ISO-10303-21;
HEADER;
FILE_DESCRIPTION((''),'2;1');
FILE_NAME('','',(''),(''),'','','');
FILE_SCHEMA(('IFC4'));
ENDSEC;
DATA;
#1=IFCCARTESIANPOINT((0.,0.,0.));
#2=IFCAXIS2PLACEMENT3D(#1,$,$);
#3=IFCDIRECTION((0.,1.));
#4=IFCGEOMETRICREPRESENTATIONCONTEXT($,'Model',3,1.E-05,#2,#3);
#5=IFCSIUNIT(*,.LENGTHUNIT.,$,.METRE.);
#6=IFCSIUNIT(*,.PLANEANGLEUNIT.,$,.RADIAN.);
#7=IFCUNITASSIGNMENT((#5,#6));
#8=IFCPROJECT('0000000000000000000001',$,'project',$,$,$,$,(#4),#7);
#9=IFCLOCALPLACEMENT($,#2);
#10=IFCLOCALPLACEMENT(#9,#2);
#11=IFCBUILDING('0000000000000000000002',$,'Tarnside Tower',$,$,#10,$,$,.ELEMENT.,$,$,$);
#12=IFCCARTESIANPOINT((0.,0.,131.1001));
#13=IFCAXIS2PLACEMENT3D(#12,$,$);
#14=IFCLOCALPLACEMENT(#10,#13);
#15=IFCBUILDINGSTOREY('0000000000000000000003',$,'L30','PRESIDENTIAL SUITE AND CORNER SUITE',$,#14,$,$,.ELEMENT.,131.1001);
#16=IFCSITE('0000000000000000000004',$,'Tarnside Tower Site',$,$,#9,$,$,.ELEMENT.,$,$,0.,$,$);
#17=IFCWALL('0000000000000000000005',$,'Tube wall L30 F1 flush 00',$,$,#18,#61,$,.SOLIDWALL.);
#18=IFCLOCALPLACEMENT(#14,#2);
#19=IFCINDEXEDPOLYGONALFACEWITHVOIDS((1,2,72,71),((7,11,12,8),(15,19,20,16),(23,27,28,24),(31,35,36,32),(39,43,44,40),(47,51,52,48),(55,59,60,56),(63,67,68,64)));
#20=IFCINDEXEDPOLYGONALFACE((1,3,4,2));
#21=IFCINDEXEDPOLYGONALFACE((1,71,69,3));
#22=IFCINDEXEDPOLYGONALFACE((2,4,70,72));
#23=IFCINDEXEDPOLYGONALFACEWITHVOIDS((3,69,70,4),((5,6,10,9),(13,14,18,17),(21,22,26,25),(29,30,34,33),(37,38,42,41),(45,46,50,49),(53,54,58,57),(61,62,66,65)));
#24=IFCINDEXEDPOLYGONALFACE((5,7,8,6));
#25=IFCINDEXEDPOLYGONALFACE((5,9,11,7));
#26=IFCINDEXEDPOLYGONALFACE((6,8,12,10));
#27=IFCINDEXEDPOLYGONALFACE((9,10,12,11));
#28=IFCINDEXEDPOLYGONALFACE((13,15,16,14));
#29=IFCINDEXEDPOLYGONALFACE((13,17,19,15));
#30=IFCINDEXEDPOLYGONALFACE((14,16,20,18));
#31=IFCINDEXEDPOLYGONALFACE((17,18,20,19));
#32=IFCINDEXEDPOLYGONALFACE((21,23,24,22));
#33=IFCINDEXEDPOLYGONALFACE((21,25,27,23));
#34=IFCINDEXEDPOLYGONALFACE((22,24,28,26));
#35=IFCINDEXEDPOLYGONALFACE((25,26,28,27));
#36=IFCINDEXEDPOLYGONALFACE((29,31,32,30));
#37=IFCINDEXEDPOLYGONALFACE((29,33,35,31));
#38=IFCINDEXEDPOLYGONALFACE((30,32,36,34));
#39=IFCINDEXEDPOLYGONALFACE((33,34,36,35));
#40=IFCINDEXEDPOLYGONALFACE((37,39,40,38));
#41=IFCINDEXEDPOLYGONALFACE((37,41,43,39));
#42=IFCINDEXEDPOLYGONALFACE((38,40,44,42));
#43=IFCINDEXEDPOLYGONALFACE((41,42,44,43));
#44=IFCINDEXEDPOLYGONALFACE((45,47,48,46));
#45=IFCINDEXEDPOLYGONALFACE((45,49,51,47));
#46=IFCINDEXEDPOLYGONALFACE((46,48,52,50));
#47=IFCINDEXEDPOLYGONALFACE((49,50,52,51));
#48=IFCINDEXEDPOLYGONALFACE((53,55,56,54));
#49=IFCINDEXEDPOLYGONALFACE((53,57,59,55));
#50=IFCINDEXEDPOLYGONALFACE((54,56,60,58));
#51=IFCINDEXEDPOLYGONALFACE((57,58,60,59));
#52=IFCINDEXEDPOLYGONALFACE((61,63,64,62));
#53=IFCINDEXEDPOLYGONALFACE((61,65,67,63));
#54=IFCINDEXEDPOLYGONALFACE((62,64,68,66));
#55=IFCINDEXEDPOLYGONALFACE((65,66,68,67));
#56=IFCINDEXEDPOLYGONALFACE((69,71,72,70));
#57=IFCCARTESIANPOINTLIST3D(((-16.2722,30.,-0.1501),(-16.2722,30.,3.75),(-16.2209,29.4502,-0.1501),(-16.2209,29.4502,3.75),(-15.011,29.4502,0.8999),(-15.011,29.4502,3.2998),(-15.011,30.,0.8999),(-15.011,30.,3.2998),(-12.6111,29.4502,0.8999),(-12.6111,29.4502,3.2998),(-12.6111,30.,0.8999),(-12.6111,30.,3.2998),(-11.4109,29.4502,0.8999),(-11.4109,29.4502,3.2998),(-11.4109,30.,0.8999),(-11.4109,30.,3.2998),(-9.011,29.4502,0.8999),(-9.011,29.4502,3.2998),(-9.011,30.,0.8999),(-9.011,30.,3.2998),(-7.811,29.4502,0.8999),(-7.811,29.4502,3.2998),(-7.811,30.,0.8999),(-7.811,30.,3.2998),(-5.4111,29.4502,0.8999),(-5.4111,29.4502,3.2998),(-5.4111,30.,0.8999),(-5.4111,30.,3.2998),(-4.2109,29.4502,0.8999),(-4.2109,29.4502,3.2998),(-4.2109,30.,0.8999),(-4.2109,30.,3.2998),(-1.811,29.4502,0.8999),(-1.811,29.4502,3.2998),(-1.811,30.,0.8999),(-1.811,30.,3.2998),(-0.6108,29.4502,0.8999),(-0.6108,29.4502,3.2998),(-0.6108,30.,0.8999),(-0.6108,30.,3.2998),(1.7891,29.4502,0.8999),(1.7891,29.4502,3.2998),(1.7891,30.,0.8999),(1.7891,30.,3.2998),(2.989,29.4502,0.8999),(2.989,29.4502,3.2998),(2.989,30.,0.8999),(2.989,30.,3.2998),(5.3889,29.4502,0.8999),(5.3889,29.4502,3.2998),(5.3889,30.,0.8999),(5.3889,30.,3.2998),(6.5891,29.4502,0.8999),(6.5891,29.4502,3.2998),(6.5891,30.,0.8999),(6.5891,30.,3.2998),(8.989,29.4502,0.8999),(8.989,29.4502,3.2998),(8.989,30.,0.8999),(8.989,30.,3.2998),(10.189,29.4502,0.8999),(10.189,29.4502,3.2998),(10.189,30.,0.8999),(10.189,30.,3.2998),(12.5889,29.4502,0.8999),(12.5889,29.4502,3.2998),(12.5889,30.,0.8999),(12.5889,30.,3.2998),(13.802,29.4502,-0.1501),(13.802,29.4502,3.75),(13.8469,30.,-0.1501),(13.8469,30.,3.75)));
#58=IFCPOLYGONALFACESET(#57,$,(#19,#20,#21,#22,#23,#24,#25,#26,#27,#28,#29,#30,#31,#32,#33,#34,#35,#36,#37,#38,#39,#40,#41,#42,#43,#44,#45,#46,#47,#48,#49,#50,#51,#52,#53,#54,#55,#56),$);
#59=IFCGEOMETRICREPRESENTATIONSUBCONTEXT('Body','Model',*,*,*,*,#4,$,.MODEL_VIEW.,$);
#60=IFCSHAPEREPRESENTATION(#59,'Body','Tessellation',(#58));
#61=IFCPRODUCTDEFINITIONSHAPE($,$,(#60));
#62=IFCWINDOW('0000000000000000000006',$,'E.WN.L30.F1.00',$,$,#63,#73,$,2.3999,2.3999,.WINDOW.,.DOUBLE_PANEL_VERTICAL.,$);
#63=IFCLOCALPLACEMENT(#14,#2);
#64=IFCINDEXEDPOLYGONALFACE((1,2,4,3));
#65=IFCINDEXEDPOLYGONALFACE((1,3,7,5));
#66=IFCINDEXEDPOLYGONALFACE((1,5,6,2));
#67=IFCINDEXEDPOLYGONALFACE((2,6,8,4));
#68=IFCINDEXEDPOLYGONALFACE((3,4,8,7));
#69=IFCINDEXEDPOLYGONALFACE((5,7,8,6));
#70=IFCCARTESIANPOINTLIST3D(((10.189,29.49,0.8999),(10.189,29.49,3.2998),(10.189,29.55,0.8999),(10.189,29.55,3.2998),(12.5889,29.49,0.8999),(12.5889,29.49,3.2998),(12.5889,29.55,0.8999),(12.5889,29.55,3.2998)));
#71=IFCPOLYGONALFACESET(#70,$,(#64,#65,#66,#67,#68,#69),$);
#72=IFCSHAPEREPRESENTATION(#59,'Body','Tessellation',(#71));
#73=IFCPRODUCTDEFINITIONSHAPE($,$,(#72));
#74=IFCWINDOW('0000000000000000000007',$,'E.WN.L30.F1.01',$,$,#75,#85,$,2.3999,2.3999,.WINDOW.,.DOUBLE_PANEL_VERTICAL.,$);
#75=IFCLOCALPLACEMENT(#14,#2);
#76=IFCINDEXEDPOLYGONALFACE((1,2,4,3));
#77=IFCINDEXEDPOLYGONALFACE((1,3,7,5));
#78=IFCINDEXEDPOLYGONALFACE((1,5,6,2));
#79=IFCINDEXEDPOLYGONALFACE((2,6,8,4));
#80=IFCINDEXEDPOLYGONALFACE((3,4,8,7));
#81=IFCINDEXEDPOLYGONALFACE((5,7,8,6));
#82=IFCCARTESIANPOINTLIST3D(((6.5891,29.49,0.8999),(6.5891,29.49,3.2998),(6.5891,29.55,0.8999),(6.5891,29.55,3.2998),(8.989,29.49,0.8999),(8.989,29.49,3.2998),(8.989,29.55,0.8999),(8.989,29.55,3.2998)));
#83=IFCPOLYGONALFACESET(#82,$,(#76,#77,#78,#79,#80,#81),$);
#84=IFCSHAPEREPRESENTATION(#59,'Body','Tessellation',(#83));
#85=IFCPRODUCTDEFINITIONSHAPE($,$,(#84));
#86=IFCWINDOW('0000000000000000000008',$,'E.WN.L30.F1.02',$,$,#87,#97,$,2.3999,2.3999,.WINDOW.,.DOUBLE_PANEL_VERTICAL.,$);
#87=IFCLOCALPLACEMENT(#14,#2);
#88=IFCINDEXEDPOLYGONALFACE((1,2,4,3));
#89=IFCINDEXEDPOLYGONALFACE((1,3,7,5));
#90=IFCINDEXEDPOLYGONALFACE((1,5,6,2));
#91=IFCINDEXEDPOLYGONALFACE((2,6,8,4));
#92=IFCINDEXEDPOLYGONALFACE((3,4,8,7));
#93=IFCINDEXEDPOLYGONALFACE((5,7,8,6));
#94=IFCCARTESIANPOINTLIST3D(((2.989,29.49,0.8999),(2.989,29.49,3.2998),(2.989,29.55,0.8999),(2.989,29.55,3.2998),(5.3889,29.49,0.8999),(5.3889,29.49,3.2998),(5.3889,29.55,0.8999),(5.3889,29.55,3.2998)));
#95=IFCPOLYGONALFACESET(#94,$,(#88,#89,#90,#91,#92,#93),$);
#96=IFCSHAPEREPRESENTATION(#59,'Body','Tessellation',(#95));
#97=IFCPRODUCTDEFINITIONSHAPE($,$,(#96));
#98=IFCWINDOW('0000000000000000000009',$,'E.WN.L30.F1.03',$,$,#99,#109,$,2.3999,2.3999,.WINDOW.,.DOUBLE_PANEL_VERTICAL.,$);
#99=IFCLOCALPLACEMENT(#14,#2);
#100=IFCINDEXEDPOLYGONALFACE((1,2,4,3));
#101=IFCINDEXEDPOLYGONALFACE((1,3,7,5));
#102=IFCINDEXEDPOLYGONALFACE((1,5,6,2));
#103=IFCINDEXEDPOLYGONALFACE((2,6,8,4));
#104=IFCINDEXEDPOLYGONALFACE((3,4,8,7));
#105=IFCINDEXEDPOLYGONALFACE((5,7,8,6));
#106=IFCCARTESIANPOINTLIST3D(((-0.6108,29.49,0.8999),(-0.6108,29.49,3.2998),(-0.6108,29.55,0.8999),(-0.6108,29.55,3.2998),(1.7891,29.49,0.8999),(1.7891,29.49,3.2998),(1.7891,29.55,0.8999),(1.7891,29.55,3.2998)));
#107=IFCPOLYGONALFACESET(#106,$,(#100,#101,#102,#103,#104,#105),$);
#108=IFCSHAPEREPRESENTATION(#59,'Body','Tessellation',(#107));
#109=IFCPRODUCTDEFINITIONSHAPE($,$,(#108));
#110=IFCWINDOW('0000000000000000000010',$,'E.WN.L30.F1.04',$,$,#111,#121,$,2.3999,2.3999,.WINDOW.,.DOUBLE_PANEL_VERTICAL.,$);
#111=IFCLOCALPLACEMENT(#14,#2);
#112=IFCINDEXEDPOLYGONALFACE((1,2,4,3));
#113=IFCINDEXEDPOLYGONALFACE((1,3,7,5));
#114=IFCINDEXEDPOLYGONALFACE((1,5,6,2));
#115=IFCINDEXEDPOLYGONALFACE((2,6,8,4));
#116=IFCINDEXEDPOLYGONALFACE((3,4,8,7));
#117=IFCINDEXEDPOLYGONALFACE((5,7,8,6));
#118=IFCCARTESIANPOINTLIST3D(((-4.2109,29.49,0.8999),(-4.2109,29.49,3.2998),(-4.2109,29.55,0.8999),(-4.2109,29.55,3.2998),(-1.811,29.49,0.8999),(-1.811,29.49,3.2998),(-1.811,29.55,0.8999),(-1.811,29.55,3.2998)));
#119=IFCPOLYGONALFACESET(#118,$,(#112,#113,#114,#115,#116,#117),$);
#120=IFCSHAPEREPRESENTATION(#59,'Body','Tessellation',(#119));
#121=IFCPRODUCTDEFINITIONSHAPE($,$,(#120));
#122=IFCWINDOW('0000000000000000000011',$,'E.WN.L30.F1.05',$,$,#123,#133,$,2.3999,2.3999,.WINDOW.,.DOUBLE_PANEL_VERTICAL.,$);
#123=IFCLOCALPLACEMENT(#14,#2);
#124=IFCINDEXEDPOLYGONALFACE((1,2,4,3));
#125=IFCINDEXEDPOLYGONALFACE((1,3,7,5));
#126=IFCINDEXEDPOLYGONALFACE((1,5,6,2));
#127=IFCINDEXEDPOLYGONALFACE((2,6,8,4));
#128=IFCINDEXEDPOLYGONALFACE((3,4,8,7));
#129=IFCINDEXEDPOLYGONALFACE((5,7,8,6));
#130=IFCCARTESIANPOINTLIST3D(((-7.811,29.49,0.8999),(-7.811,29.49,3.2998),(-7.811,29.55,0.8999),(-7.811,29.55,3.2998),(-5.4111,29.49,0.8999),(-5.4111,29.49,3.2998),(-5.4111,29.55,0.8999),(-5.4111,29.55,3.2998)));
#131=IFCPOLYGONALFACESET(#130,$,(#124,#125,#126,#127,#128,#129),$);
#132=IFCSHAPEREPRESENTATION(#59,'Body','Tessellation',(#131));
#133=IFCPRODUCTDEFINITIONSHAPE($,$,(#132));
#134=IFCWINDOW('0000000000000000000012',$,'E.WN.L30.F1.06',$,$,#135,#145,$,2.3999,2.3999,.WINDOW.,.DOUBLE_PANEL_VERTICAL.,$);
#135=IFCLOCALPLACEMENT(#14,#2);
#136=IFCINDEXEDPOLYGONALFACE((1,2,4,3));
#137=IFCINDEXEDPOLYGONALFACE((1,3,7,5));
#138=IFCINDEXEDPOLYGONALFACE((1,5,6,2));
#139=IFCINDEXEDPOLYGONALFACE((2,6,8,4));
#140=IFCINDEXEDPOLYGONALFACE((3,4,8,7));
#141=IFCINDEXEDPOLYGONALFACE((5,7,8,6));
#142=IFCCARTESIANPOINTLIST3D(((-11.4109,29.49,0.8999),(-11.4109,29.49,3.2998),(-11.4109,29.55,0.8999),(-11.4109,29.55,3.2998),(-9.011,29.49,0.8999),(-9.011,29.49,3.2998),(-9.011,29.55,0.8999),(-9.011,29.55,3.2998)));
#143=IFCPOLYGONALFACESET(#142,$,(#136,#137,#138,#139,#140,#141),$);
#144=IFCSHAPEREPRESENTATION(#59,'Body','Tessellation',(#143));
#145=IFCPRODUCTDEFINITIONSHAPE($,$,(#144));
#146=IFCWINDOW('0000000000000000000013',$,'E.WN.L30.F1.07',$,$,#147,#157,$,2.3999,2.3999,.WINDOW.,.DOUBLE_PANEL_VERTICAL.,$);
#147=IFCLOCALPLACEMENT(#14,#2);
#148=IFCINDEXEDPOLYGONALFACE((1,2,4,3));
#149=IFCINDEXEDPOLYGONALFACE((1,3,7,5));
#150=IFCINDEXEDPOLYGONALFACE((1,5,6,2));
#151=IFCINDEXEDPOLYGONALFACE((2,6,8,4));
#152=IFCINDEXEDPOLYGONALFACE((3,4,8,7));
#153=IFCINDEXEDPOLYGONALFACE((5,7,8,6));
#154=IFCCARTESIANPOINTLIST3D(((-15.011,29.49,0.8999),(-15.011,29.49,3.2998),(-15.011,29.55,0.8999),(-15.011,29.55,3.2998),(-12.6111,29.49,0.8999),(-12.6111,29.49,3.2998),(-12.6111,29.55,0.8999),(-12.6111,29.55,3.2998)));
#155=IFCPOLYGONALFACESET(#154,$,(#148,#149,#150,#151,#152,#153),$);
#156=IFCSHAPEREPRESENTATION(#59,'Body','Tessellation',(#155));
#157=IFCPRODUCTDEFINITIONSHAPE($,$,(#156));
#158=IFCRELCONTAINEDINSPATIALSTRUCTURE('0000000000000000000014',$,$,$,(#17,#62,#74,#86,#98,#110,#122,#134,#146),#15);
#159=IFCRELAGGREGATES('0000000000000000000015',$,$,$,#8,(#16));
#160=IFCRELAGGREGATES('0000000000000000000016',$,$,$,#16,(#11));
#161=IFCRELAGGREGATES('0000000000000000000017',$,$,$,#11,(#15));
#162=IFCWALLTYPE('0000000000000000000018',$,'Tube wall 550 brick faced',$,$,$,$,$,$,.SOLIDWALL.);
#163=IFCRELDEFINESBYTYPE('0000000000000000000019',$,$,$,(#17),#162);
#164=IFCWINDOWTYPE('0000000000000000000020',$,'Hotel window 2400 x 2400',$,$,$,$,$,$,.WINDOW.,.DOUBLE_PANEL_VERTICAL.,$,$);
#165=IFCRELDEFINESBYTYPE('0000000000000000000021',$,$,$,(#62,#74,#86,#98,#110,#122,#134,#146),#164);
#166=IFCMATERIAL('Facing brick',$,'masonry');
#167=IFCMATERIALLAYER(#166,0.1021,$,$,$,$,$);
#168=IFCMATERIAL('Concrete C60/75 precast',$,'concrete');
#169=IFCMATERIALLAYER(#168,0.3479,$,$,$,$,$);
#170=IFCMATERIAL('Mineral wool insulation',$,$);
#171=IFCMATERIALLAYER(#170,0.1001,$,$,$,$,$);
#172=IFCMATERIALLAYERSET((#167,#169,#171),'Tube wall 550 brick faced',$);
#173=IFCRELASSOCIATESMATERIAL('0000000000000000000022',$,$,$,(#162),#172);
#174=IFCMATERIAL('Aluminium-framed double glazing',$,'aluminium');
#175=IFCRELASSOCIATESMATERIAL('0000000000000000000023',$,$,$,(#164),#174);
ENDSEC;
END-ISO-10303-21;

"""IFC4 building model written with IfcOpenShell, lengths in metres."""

from ifc_helpers import new_model, si_unit, direction, frame, frame_2d, origin, place, context, subcontext, project, spatial, polyline, rectangle, outline, extrude, material, layer, layer_set, type_object, element, fill, save


model = new_model("IFC4")

# Units and contexts
model_context = context("Model", 3, precision=1e-05, world=origin(), true_north=direction((0.0, 1.0)))
body_context = subcontext(model_context, "Body", "Model", "MODEL_VIEW")
ifc_project = project(units=[si_unit("LENGTHUNIT", "METRE"), si_unit("PLANEANGLEUNIT", "RADIAN")], contexts=[model_context])

# Site, building, storey
site_placement = place(None, origin())
site = spatial("IfcSite", under=ifc_project, at=site_placement, Name="Tarnside Tower Site", CompositionType="ELEMENT", RefElevation=0.0)
building_placement = place(site_placement, origin())
building = spatial("IfcBuilding", under=site, at=building_placement, Name="Tarnside Tower", CompositionType="ELEMENT")
storey_placement = place(building_placement, frame((0.0, 0.0, 131.1001)))
storey = spatial("IfcBuildingStorey", under=building, at=storey_placement, Name="L30", Description="PRESIDENTIAL SUITE AND CORNER SUITE", CompositionType="ELEMENT", Elevation=131.1001)

# Wall, openings, windows
ifc_material_1 = material(Name="Facing brick", Category="masonry")
ifc_layer_1 = layer(ifc_material_1, 0.1021)
ifc_material_2 = material(Name="Concrete C60/75 precast", Category="concrete")
ifc_layer_2 = layer(ifc_material_2, 0.3479)
ifc_material_3 = material(Name="Mineral wool insulation")
ifc_layer_3 = layer(ifc_material_3, 0.1001)
ifc_layer_set_1 = layer_set([ifc_layer_1, ifc_layer_2, ifc_layer_3], Name="Tube wall 550 brick faced")
wall_type_1 = type_object("IfcWallType", Name="Tube wall 550 brick faced", PredefinedType="SOLIDWALL", material=ifc_layer_set_1)
wall_1_placement = place(storey_placement, frame((13.8245, 29.7251, -0.1501), z_axis=(0.0, 0.0, 1.0), x_axis=(-1.0, 0.0, 0.0)))
wall_1 = element("IfcWall", 1, at=wall_1_placement, inside=storey, type_object=wall_type_1, Name="Tube wall L30 F1 flush 00", PredefinedType="SOLIDWALL", context=body_context, shape_type="SweptSolid", body=[
    extrude(outline(polyline([(-0.0225, -0.2749), (30.0967, -0.2749), (30.0454, 0.2749), (0.0225, 0.2749), (-0.0225, -0.2749)])), origin(), (0.0, 0.0, 1.0), 3.9001),
])
opening_1_placement = place(wall_1_placement, frame((1.2356, 0.0, 1.05)))
opening_1 = element("IfcOpeningElement", 2, at=opening_1_placement, cuts=wall_1, PredefinedType="OPENING", context=body_context, shape_type="SweptSolid", body=[
    extrude(rectangle(XDim=2.3999, YDim=2.3999, at=frame_2d((1.2, 1.2))), frame((0.0, 0.2852, 0.0), z_axis=(0.0, -1.0, 0.0), x_axis=(1.0, 0.0, 0.0)), (0.0, 0.0, 1.0), 0.5701),
])
opening_2_placement = place(wall_1_placement, frame((4.8354, 0.0, 1.05)))
opening_2 = element("IfcOpeningElement", 3, at=opening_2_placement, cuts=wall_1, PredefinedType="OPENING", context=body_context, shape_type="SweptSolid", body=[
    extrude(rectangle(XDim=2.3999, YDim=2.3999, at=frame_2d((1.2, 1.2))), frame((0.0, 0.2852, 0.0), z_axis=(0.0, -1.0, 0.0), x_axis=(1.0, 0.0, 0.0)), (0.0, 0.0, 1.0), 0.5701),
])
opening_3_placement = place(wall_1_placement, frame((8.4355, 0.0, 1.05)))
opening_3 = element("IfcOpeningElement", 4, at=opening_3_placement, cuts=wall_1, PredefinedType="OPENING", context=body_context, shape_type="SweptSolid", body=[
    extrude(rectangle(XDim=2.3999, YDim=2.3999, at=frame_2d((1.2, 1.2))), frame((0.0, 0.2852, 0.0), z_axis=(0.0, -1.0, 0.0), x_axis=(1.0, 0.0, 0.0)), (0.0, 0.0, 1.0), 0.5701),
])
opening_4_placement = place(wall_1_placement, frame((12.0354, 0.0, 1.05)))
opening_4 = element("IfcOpeningElement", 5, at=opening_4_placement, cuts=wall_1, PredefinedType="OPENING", context=body_context, shape_type="SweptSolid", body=[
    extrude(rectangle(XDim=2.3999, YDim=2.3999, at=frame_2d((1.2, 1.2))), frame((0.0, 0.2852, 0.0), z_axis=(0.0, -1.0, 0.0), x_axis=(1.0, 0.0, 0.0)), (0.0, 0.0, 1.0), 0.5701),
])
opening_5_placement = place(wall_1_placement, frame((15.6355, 0.0, 1.05)))
opening_5 = element("IfcOpeningElement", 6, at=opening_5_placement, cuts=wall_1, PredefinedType="OPENING", context=body_context, shape_type="SweptSolid", body=[
    extrude(rectangle(XDim=2.3999, YDim=2.3999, at=frame_2d((1.2, 1.2))), frame((0.0, 0.2852, 0.0), z_axis=(0.0, -1.0, 0.0), x_axis=(1.0, 0.0, 0.0)), (0.0, 0.0, 1.0), 0.5701),
])
opening_6_placement = place(wall_1_placement, frame((19.2356, 0.0, 1.05)))
opening_6 = element("IfcOpeningElement", 7, at=opening_6_placement, cuts=wall_1, PredefinedType="OPENING", context=body_context, shape_type="SweptSolid", body=[
    extrude(rectangle(XDim=2.3999, YDim=2.3999, at=frame_2d((1.2, 1.2))), frame((0.0, 0.2852, 0.0), z_axis=(0.0, -1.0, 0.0), x_axis=(1.0, 0.0, 0.0)), (0.0, 0.0, 1.0), 0.5701),
])
opening_7_placement = place(wall_1_placement, frame((22.8354, 0.0, 1.05)))
opening_7 = element("IfcOpeningElement", 8, at=opening_7_placement, cuts=wall_1, PredefinedType="OPENING", context=body_context, shape_type="SweptSolid", body=[
    extrude(rectangle(XDim=2.3999, YDim=2.3999, at=frame_2d((1.2, 1.2))), frame((0.0, 0.2852, 0.0), z_axis=(0.0, -1.0, 0.0), x_axis=(1.0, 0.0, 0.0)), (0.0, 0.0, 1.0), 0.5701),
])
opening_8_placement = place(wall_1_placement, frame((26.4355, 0.0, 1.05)))
opening_8 = element("IfcOpeningElement", 9, at=opening_8_placement, cuts=wall_1, PredefinedType="OPENING", context=body_context, shape_type="SweptSolid", body=[
    extrude(rectangle(XDim=2.3999, YDim=2.3999, at=frame_2d((1.2, 1.2))), frame((0.0, 0.2852, 0.0), z_axis=(0.0, -1.0, 0.0), x_axis=(1.0, 0.0, 0.0)), (0.0, 0.0, 1.0), 0.5701),
])
ifc_material_4 = material(Name="Aluminium-framed double glazing", Category="aluminium")
window_type = type_object("IfcWindowType", Name="Hotel window 2400 x 2400", PartitioningType="DOUBLE_PANEL_VERTICAL", PredefinedType="WINDOW", material=ifc_material_4)
window_1_placement = place(opening_1_placement, frame((0.0, 0.2051, 0.0)))
window_1 = element("IfcWindow", 10, at=window_1_placement, inside=storey, type_object=window_type, Name="E.WN.L30.F1.00", OverallHeight=2.3999, OverallWidth=2.3999, PartitioningType="DOUBLE_PANEL_VERTICAL", PredefinedType="WINDOW", context=body_context, shape_type="SweptSolid", body=[
    extrude(rectangle(XDim=2.3999, YDim=2.3999, at=frame_2d((1.2, 1.2))), frame((0.0, 0.03, 0.0), z_axis=(0.0, -1.0, 0.0), x_axis=(1.0, 0.0, 0.0)), (0.0, 0.0, 1.0), 0.0601),
])
fill(opening_1, window_1)
window_2_placement = place(opening_2_placement, frame((0.0, 0.2051, 0.0)))
window_2 = element("IfcWindow", 11, at=window_2_placement, inside=storey, type_object=window_type, Name="E.WN.L30.F1.01", OverallHeight=2.3999, OverallWidth=2.3999, PartitioningType="DOUBLE_PANEL_VERTICAL", PredefinedType="WINDOW", context=body_context, shape_type="SweptSolid", body=[
    extrude(rectangle(XDim=2.3999, YDim=2.3999, at=frame_2d((1.2, 1.2))), frame((0.0, 0.03, 0.0), z_axis=(0.0, -1.0, 0.0), x_axis=(1.0, 0.0, 0.0)), (0.0, 0.0, 1.0), 0.0601),
])
fill(opening_2, window_2)
window_3_placement = place(opening_3_placement, frame((0.0, 0.2051, 0.0)))
window_3 = element("IfcWindow", 12, at=window_3_placement, inside=storey, type_object=window_type, Name="E.WN.L30.F1.02", OverallHeight=2.3999, OverallWidth=2.3999, PartitioningType="DOUBLE_PANEL_VERTICAL", PredefinedType="WINDOW", context=body_context, shape_type="SweptSolid", body=[
    extrude(rectangle(XDim=2.3999, YDim=2.3999, at=frame_2d((1.2, 1.2))), frame((0.0, 0.03, 0.0), z_axis=(0.0, -1.0, 0.0), x_axis=(1.0, 0.0, 0.0)), (0.0, 0.0, 1.0), 0.0601),
])
fill(opening_3, window_3)
window_4_placement = place(opening_4_placement, frame((0.0, 0.2051, 0.0)))
window_4 = element("IfcWindow", 13, at=window_4_placement, inside=storey, type_object=window_type, Name="E.WN.L30.F1.03", OverallHeight=2.3999, OverallWidth=2.3999, PartitioningType="DOUBLE_PANEL_VERTICAL", PredefinedType="WINDOW", context=body_context, shape_type="SweptSolid", body=[
    extrude(rectangle(XDim=2.3999, YDim=2.3999, at=frame_2d((1.2, 1.2))), frame((0.0, 0.03, 0.0), z_axis=(0.0, -1.0, 0.0), x_axis=(1.0, 0.0, 0.0)), (0.0, 0.0, 1.0), 0.0601),
])
fill(opening_4, window_4)
window_5_placement = place(opening_5_placement, frame((0.0, 0.2051, 0.0)))
window_5 = element("IfcWindow", 14, at=window_5_placement, inside=storey, type_object=window_type, Name="E.WN.L30.F1.04", OverallHeight=2.3999, OverallWidth=2.3999, PartitioningType="DOUBLE_PANEL_VERTICAL", PredefinedType="WINDOW", context=body_context, shape_type="SweptSolid", body=[
    extrude(rectangle(XDim=2.3999, YDim=2.3999, at=frame_2d((1.2, 1.2))), frame((0.0, 0.03, 0.0), z_axis=(0.0, -1.0, 0.0), x_axis=(1.0, 0.0, 0.0)), (0.0, 0.0, 1.0), 0.0601),
])
fill(opening_5, window_5)
window_6_placement = place(opening_6_placement, frame((0.0, 0.2051, 0.0)))
window_6 = element("IfcWindow", 15, at=window_6_placement, inside=storey, type_object=window_type, Name="E.WN.L30.F1.05", OverallHeight=2.3999, OverallWidth=2.3999, PartitioningType="DOUBLE_PANEL_VERTICAL", PredefinedType="WINDOW", context=body_context, shape_type="SweptSolid", body=[
    extrude(rectangle(XDim=2.3999, YDim=2.3999, at=frame_2d((1.2, 1.2))), frame((0.0, 0.03, 0.0), z_axis=(0.0, -1.0, 0.0), x_axis=(1.0, 0.0, 0.0)), (0.0, 0.0, 1.0), 0.0601),
])
fill(opening_6, window_6)
window_7_placement = place(opening_7_placement, frame((0.0, 0.2051, 0.0)))
window_7 = element("IfcWindow", 16, at=window_7_placement, inside=storey, type_object=window_type, Name="E.WN.L30.F1.06", OverallHeight=2.3999, OverallWidth=2.3999, PartitioningType="DOUBLE_PANEL_VERTICAL", PredefinedType="WINDOW", context=body_context, shape_type="SweptSolid", body=[
    extrude(rectangle(XDim=2.3999, YDim=2.3999, at=frame_2d((1.2, 1.2))), frame((0.0, 0.03, 0.0), z_axis=(0.0, -1.0, 0.0), x_axis=(1.0, 0.0, 0.0)), (0.0, 0.0, 1.0), 0.0601),
])
fill(opening_7, window_7)
window_8_placement = place(opening_8_placement, frame((0.0, 0.2051, 0.0)))
window_8 = element("IfcWindow", 17, at=window_8_placement, inside=storey, type_object=window_type, Name="E.WN.L30.F1.07", OverallHeight=2.3999, OverallWidth=2.3999, PartitioningType="DOUBLE_PANEL_VERTICAL", PredefinedType="WINDOW", context=body_context, shape_type="SweptSolid", body=[
    extrude(rectangle(XDim=2.3999, YDim=2.3999, at=frame_2d((1.2, 1.2))), frame((0.0, 0.03, 0.0), z_axis=(0.0, -1.0, 0.0), x_axis=(1.0, 0.0, 0.0)), (0.0, 0.0, 1.0), 0.0601),
])
fill(opening_8, window_8)

save(model, "model.ifc")
